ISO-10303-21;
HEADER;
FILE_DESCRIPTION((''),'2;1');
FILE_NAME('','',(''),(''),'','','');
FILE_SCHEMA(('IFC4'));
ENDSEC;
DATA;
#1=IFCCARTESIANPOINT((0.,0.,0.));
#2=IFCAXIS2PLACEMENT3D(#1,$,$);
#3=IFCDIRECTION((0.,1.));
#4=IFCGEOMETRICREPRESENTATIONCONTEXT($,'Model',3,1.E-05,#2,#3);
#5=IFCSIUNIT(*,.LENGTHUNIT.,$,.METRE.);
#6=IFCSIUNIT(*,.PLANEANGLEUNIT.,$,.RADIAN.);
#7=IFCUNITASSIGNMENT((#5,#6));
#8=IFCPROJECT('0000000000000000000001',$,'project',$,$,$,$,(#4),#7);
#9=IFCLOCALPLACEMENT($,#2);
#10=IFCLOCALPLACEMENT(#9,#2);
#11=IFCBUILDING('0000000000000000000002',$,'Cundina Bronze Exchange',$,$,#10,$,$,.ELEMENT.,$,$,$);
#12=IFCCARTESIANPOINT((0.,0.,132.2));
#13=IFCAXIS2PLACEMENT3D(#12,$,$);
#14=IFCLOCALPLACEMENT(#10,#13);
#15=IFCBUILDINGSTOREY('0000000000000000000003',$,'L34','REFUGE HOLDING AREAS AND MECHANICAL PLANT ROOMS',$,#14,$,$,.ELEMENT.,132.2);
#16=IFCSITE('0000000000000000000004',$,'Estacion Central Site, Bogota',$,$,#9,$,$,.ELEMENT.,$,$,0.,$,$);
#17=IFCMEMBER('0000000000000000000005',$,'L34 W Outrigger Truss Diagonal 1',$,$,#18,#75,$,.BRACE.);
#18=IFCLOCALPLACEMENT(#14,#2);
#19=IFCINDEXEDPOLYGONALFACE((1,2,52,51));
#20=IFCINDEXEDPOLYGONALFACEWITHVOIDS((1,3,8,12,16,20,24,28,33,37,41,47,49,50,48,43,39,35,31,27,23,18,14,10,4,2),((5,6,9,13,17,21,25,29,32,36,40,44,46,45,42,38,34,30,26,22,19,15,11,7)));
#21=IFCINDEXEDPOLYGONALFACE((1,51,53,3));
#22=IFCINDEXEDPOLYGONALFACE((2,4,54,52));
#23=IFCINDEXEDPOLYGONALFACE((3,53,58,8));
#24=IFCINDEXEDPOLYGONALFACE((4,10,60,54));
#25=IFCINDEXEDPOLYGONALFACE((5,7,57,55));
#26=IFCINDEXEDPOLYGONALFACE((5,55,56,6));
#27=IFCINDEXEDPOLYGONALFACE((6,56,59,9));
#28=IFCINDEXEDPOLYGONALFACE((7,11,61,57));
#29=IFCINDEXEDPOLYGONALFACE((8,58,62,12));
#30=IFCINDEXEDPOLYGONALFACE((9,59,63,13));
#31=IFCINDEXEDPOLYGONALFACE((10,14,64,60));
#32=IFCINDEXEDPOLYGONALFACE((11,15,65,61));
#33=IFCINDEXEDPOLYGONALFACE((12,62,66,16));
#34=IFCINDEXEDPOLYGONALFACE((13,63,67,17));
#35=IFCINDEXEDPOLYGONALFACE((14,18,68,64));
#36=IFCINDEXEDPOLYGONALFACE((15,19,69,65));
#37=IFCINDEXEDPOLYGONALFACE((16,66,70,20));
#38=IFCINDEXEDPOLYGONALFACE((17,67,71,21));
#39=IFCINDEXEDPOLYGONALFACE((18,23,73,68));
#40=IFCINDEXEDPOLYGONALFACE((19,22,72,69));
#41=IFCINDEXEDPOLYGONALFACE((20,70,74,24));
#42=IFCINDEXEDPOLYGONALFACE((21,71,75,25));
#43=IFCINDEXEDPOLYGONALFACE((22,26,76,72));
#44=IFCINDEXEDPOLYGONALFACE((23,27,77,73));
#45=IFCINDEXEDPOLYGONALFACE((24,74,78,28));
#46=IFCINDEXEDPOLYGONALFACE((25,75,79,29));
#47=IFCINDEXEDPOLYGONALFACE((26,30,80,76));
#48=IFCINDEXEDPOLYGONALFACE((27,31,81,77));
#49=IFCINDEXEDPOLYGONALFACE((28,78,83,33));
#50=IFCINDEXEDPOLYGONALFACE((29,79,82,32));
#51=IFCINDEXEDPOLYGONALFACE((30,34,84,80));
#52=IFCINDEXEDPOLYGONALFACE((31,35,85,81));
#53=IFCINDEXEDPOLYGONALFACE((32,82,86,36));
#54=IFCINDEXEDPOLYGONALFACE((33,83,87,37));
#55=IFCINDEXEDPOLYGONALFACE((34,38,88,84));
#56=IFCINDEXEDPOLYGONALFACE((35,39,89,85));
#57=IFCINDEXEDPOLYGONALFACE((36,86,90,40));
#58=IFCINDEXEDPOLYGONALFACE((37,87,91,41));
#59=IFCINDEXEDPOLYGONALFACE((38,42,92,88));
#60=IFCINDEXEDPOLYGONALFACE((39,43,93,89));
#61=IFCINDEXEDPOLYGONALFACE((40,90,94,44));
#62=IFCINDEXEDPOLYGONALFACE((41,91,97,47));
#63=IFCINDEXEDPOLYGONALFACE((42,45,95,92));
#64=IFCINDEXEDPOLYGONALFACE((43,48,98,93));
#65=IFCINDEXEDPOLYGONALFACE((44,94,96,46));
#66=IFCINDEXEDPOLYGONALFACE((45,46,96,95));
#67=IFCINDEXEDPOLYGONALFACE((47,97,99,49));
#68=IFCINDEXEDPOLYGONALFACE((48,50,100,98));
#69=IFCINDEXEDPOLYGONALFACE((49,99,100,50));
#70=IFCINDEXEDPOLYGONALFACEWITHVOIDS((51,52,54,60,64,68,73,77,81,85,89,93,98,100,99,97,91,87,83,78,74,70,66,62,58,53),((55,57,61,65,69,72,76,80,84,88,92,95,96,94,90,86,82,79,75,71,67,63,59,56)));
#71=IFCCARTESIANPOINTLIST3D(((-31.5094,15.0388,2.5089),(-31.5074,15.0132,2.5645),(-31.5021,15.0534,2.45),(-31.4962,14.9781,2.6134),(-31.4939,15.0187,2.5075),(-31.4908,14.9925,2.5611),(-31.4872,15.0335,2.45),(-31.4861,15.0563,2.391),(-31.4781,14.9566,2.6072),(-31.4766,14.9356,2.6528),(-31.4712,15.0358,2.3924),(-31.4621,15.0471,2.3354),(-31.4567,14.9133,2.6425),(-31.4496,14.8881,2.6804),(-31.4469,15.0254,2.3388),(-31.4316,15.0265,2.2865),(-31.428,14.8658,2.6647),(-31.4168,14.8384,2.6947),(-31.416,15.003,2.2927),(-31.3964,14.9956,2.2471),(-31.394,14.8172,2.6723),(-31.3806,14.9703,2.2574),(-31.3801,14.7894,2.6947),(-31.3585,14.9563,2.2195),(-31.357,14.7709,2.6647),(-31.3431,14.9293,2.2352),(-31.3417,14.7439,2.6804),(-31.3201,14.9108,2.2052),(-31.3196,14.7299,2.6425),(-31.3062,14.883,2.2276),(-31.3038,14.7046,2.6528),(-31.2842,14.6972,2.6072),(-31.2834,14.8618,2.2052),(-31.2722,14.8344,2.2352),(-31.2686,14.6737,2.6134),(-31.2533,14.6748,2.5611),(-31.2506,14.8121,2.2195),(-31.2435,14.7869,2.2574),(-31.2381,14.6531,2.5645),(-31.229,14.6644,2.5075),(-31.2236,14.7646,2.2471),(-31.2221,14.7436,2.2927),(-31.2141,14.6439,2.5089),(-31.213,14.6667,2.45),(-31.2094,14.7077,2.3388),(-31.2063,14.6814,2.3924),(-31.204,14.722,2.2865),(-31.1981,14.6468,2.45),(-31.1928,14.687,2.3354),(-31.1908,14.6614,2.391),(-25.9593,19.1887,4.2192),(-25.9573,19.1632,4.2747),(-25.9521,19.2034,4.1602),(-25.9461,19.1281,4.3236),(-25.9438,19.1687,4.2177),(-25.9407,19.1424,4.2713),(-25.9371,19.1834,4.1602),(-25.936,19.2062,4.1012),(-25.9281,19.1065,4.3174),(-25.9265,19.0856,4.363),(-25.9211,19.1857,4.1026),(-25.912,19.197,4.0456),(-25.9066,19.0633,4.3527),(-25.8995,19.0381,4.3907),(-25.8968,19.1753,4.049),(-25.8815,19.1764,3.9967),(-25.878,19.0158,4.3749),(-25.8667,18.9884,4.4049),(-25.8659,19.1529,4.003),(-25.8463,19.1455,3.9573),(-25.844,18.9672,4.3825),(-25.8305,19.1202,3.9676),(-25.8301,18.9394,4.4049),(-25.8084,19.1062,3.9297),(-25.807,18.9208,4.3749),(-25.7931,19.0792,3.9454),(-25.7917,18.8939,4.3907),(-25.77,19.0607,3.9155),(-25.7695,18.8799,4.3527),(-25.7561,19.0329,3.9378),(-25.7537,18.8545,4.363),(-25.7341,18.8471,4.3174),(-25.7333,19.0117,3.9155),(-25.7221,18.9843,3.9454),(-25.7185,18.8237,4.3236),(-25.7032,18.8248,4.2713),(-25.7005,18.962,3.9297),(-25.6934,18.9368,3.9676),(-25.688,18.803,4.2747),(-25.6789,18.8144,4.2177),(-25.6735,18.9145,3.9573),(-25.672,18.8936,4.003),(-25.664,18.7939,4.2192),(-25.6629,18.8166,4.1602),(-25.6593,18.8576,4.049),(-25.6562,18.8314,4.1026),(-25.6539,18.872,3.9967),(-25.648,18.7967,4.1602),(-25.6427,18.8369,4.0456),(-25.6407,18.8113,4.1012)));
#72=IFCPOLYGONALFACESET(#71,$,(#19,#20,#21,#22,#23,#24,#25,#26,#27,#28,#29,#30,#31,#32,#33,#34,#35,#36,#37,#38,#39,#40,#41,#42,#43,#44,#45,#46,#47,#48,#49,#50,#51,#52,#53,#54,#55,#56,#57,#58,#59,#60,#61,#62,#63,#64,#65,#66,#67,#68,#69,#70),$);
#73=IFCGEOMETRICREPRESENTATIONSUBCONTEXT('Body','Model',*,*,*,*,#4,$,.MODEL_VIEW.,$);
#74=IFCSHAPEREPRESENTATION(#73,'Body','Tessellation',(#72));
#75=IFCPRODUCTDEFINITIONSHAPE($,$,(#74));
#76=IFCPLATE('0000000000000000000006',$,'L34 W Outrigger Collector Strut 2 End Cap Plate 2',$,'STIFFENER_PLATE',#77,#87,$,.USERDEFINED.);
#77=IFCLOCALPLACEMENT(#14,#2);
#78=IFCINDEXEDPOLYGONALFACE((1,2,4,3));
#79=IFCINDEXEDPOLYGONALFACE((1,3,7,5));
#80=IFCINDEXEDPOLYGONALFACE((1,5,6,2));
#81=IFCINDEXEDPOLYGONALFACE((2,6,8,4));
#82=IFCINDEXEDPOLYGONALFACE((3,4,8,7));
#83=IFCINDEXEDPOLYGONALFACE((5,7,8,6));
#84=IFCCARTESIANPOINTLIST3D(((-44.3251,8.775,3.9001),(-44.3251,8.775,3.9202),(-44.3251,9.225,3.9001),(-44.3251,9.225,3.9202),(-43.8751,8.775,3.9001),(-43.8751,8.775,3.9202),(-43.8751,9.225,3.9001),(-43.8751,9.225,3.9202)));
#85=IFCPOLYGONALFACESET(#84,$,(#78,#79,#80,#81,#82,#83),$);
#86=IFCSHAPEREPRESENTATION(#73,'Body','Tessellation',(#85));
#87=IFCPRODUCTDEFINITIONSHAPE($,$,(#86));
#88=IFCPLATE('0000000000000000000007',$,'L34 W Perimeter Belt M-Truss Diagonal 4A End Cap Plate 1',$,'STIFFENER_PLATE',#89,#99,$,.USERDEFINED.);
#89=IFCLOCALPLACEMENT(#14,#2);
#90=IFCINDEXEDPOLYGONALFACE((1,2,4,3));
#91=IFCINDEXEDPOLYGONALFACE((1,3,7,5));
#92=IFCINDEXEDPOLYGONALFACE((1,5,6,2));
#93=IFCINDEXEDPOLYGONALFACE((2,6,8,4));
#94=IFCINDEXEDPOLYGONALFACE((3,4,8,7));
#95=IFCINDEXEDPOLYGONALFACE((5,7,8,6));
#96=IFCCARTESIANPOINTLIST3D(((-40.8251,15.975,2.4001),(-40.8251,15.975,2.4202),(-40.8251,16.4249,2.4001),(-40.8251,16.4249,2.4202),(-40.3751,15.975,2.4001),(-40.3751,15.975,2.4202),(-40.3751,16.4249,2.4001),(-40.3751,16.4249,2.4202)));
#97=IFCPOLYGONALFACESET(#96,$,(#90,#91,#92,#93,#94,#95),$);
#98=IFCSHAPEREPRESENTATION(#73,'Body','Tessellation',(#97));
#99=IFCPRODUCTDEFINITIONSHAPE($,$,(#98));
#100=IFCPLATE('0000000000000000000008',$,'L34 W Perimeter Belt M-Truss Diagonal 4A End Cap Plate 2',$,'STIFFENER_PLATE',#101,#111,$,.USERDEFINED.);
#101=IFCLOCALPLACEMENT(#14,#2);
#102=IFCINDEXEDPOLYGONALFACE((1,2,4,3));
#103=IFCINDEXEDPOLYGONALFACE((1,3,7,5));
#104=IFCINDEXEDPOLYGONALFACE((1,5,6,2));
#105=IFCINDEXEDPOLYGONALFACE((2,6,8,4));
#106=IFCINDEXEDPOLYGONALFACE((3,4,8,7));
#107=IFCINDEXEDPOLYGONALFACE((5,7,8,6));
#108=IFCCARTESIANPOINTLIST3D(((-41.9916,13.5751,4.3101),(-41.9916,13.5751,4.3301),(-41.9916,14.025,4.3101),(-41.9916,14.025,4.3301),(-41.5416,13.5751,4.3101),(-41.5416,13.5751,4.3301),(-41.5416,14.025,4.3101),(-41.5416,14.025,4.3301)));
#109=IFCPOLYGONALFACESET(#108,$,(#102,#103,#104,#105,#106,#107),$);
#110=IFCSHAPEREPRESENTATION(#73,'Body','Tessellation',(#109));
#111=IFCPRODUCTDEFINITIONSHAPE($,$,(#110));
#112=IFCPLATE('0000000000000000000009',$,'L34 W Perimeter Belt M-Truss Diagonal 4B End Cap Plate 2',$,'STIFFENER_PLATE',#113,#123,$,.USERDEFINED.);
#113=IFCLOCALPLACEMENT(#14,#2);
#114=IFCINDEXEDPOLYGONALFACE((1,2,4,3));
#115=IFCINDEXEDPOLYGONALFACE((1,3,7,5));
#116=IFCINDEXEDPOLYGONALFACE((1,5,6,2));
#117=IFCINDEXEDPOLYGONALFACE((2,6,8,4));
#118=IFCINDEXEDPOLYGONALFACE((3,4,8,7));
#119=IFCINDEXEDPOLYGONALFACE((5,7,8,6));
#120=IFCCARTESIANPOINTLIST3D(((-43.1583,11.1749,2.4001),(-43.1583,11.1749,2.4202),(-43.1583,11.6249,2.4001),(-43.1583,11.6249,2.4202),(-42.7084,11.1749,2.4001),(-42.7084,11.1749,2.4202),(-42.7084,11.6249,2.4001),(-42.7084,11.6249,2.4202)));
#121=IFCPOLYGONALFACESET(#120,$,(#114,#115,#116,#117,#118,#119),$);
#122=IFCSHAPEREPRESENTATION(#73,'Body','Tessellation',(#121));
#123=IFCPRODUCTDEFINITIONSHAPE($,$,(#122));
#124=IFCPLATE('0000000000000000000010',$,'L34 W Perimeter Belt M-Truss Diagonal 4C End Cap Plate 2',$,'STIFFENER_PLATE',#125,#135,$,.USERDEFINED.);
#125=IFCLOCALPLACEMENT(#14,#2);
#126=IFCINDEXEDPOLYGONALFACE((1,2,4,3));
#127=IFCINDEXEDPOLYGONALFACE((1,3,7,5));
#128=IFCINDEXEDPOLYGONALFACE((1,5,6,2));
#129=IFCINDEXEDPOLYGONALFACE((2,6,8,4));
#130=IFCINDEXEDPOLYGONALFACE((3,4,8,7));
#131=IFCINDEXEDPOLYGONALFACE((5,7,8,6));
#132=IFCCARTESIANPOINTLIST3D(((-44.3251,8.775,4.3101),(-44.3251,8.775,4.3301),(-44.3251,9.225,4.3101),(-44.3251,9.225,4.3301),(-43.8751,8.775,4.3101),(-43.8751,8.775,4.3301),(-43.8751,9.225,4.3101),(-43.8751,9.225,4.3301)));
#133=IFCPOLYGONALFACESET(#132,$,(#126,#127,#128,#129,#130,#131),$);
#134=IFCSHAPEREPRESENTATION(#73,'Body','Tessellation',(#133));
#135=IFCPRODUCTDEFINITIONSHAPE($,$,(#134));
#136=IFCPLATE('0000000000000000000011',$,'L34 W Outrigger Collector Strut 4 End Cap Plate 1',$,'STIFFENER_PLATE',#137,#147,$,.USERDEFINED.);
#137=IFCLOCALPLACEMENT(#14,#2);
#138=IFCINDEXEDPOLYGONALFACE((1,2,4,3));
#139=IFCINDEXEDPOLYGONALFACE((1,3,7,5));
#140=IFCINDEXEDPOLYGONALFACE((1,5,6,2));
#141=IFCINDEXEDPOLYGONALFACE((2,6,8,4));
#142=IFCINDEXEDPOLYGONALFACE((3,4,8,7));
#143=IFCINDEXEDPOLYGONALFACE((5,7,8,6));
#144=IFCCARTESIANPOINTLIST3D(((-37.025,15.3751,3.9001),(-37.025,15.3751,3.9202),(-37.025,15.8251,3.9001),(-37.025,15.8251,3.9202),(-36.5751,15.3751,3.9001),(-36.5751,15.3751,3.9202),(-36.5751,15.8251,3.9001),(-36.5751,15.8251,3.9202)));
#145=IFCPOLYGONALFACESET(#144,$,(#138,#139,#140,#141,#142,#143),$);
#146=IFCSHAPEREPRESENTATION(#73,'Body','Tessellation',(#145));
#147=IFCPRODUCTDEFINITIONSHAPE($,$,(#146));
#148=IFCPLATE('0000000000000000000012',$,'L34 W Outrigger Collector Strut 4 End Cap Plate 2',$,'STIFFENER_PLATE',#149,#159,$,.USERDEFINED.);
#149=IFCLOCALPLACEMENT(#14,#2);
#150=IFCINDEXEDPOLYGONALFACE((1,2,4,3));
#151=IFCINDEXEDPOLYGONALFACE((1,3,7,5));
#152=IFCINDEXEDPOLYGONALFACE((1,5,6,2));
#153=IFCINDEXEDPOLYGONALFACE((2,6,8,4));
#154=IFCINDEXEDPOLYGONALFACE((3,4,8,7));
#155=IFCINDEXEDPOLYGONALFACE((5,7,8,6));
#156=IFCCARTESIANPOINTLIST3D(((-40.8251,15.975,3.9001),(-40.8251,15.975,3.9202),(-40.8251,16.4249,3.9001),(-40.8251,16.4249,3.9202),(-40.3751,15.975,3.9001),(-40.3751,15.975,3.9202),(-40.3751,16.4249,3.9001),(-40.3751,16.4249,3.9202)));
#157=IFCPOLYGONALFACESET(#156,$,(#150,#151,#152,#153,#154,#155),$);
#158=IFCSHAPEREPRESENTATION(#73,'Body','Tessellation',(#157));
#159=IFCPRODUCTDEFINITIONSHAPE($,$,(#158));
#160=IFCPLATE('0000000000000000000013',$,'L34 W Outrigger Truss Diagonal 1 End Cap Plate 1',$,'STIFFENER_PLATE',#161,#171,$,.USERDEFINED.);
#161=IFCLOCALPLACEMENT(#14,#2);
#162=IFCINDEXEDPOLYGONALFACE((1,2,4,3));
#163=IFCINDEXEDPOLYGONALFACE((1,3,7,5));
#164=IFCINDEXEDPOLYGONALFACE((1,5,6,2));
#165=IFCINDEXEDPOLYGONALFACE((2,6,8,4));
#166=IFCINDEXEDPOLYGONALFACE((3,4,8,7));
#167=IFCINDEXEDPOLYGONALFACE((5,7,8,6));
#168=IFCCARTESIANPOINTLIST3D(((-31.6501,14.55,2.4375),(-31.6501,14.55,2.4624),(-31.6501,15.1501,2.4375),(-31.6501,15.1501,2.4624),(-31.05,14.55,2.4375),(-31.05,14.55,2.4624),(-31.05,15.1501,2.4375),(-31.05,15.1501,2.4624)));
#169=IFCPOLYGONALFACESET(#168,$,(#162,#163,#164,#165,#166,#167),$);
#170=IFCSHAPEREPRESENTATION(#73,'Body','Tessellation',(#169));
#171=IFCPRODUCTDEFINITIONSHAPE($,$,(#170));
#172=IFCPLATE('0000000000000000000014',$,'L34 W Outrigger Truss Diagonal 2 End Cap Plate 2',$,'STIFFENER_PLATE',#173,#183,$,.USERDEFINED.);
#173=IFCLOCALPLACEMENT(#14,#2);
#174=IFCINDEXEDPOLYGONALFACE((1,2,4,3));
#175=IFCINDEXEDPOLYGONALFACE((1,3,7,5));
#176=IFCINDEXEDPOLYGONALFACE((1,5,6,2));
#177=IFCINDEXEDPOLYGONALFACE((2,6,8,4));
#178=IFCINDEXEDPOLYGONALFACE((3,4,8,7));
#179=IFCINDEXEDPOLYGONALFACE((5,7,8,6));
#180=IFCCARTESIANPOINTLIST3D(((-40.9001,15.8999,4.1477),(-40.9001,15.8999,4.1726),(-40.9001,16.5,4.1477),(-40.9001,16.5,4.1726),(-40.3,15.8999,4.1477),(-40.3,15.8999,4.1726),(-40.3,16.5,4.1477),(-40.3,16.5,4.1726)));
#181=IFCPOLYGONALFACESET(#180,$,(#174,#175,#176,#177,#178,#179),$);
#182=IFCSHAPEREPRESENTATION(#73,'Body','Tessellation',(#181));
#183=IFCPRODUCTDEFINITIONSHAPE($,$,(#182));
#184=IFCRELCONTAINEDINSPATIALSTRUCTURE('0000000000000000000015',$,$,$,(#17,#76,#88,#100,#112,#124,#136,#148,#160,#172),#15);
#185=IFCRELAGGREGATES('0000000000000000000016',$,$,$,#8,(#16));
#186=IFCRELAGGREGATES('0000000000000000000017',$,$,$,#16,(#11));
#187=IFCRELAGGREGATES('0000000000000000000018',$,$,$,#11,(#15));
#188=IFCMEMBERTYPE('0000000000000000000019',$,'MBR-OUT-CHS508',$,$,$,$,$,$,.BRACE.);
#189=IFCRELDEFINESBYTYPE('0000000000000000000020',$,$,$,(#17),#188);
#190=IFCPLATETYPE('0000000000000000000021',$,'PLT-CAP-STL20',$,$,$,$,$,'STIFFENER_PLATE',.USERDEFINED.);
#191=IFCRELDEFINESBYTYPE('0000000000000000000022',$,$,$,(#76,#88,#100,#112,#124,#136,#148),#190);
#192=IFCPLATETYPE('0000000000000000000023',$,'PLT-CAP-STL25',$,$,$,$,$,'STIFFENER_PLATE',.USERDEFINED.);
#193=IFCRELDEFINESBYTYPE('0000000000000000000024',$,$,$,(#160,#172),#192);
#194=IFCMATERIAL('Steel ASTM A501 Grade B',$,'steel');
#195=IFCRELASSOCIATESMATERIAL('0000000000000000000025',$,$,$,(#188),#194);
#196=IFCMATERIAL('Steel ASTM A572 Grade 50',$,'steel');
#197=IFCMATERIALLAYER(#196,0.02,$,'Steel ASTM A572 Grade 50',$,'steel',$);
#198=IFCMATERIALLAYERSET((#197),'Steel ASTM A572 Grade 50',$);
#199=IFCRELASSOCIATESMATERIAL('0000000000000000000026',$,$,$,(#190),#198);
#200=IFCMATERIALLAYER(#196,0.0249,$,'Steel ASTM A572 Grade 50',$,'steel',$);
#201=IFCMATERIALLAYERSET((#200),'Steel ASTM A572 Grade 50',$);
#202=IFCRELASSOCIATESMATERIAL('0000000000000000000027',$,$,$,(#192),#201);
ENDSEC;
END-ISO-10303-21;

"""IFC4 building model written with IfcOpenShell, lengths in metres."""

from ifc_helpers import new_model, si_unit, direction, frame, origin, origin_2d, place, context, subcontext, project, spatial, rectangle, hollow_circle, extrude, material, layer, layer_set, material_profile, profile_set, type_object, element, save


model = new_model("IFC4")

# Units and contexts
model_context = context("Model", 3, precision=1e-05, world=origin(), true_north=direction((0.0, 1.0)))
body_context = subcontext(model_context, "Body", "Model", "MODEL_VIEW")
ifc_project = project(units=[si_unit("LENGTHUNIT", "METRE"), si_unit("PLANEANGLEUNIT", "RADIAN")], contexts=[model_context])

# Site, building, storey
site_placement = place(None, origin())
site = spatial("IfcSite", under=ifc_project, at=site_placement, Name="Estacion Central Site, Bogota", CompositionType="ELEMENT", RefElevation=0.0)
building_placement = place(site_placement, origin())
building = spatial("IfcBuilding", under=site, at=building_placement, Name="Cundina Bronze Exchange", CompositionType="ELEMENT")
storey_placement = place(building_placement, frame((0.0, 0.0, 132.2)))
storey = spatial("IfcBuildingStorey", under=building, at=storey_placement, Name="L34", Description="REFUGE HOLDING AREAS AND MECHANICAL PLANT ROOMS", CompositionType="ELEMENT", Elevation=132.2)

# Member
ifc_material_1 = material(Name="Steel ASTM A501 Grade B", Category="steel")
ifc_material_profile_1 = material_profile(ifc_material_1, hollow_circle(Radius=0.2539, WallThickness=0.0249, at=origin_2d()), Name="CHS508X25", Category="steel")
ifc_profile_set_1 = profile_set([ifc_material_profile_1], Name="Steel ASTM A501 Grade B")
member_type_1 = type_object("IfcMemberType", Name="MBR-OUT-CHS508", PredefinedType="BRACE", material=ifc_profile_set_1)
member_1_placement = place(storey_placement, frame((-31.3501, 14.8501, 2.45), z_axis=(0.777547, 0.58139, 0.239595), x_axis=(-0.598833, 0.800874, 0.0)))
element("IfcMember", 1, at=member_1_placement, inside=storey, type_object=member_type_1, Name="L34 W Outrigger Truss Diagonal 1", PredefinedType="BRACE", context=body_context, shape_type="SweptSolid", body=[
    extrude(hollow_circle(Radius=0.2539, WallThickness=0.0249, at=origin_2d()), origin(), (0.0, 0.0, 1.0), 7.1379),
])

# Plates
ifc_material_2 = material(Name="Steel ASTM A572 Grade 50", Category="steel")
ifc_layer_1 = layer(ifc_material_2, 0.02, Name="Steel ASTM A572 Grade 50", Category="steel")
ifc_layer_set_1 = layer_set([ifc_layer_1], Name="Steel ASTM A572 Grade 50")
plate_type_1 = type_object("IfcPlateType", Name="PLT-CAP-STL20", ElementType="STIFFENER_PLATE", PredefinedType="USERDEFINED", material=ifc_layer_set_1)
for number, where, z_axis, x_axis, name in (
    (2, (-44.1001, 9.0, 3.9001), (0.0, 0.0, 1.0), (1.0, 0.0, 0.0), "L34 W Outrigger Collector Strut 2 End Cap Plate 2"),
    (3, (-40.6001, 16.2, 2.4001), (0.0, 0.0, 1.0), (1.0, 0.0, 0.0), "L34 W Perimeter Belt M-Truss Diagonal 4A End Cap Plate 1"),
    (4, (-41.7666, 13.8, 4.3101), (0.0, 0.0, 1.0), (1.0, 0.0, 0.0), "L34 W Perimeter Belt M-Truss Diagonal 4A End Cap Plate 2"),
    (5, (-42.9333, 11.3999, 2.4001), (0.0, 0.0, 1.0), (1.0, 0.0, 0.0), "L34 W Perimeter Belt M-Truss Diagonal 4B End Cap Plate 2"),
    (6, (-44.1001, 9.0, 4.3101), (0.0, 0.0, 1.0), (1.0, 0.0, 0.0), "L34 W Perimeter Belt M-Truss Diagonal 4C End Cap Plate 2"),
    (7, (-36.8, 15.6001, 3.9001), (0.0, 0.0, 1.0), (1.0, 0.0, 0.0), "L34 W Outrigger Collector Strut 4 End Cap Plate 1"),
    (8, (-40.6001, 16.2, 3.9001), (0.0, 0.0, 1.0), (1.0, 0.0, 0.0), "L34 W Outrigger Collector Strut 4 End Cap Plate 2"),
):
    element("IfcPlate", number, at=place(storey_placement, frame(where, z_axis=z_axis, x_axis=x_axis)), inside=storey, type_object=plate_type_1, Name=name, ObjectType="STIFFENER_PLATE", PredefinedType="USERDEFINED", context=body_context, shape_type="SweptSolid", body=[
        extrude(rectangle(XDim=0.45, YDim=0.45, at=origin_2d()), origin(), (0.0, 0.0, 1.0), 0.02),
    ])
ifc_layer_2 = layer(ifc_material_2, 0.0249, Name="Steel ASTM A572 Grade 50", Category="steel")
ifc_layer_set_2 = layer_set([ifc_layer_2], Name="Steel ASTM A572 Grade 50")
plate_type_2 = type_object("IfcPlateType", Name="PLT-CAP-STL25", ElementType="STIFFENER_PLATE", PredefinedType="USERDEFINED", material=ifc_layer_set_2)
for number, where, z_axis, x_axis, name in (
    (9, (-31.3501, 14.8501, 2.4375), (0.0, 0.0, 1.0), (1.0, 0.0, 0.0), "L34 W Outrigger Truss Diagonal 1 End Cap Plate 1"),
    (10, (-40.6001, 16.2, 4.1477), (0.0, 0.0, 1.0), (1.0, 0.0, 0.0), "L34 W Outrigger Truss Diagonal 2 End Cap Plate 2"),
):
    element("IfcPlate", number, at=place(storey_placement, frame(where, z_axis=z_axis, x_axis=x_axis)), inside=storey, type_object=plate_type_2, Name=name, ObjectType="STIFFENER_PLATE", PredefinedType="USERDEFINED", context=body_context, shape_type="SweptSolid", body=[
        extrude(rectangle(XDim=0.6001, YDim=0.6001, at=origin_2d()), origin(), (0.0, 0.0, 1.0), 0.0249),
    ])

save(model, "model.ifc")
